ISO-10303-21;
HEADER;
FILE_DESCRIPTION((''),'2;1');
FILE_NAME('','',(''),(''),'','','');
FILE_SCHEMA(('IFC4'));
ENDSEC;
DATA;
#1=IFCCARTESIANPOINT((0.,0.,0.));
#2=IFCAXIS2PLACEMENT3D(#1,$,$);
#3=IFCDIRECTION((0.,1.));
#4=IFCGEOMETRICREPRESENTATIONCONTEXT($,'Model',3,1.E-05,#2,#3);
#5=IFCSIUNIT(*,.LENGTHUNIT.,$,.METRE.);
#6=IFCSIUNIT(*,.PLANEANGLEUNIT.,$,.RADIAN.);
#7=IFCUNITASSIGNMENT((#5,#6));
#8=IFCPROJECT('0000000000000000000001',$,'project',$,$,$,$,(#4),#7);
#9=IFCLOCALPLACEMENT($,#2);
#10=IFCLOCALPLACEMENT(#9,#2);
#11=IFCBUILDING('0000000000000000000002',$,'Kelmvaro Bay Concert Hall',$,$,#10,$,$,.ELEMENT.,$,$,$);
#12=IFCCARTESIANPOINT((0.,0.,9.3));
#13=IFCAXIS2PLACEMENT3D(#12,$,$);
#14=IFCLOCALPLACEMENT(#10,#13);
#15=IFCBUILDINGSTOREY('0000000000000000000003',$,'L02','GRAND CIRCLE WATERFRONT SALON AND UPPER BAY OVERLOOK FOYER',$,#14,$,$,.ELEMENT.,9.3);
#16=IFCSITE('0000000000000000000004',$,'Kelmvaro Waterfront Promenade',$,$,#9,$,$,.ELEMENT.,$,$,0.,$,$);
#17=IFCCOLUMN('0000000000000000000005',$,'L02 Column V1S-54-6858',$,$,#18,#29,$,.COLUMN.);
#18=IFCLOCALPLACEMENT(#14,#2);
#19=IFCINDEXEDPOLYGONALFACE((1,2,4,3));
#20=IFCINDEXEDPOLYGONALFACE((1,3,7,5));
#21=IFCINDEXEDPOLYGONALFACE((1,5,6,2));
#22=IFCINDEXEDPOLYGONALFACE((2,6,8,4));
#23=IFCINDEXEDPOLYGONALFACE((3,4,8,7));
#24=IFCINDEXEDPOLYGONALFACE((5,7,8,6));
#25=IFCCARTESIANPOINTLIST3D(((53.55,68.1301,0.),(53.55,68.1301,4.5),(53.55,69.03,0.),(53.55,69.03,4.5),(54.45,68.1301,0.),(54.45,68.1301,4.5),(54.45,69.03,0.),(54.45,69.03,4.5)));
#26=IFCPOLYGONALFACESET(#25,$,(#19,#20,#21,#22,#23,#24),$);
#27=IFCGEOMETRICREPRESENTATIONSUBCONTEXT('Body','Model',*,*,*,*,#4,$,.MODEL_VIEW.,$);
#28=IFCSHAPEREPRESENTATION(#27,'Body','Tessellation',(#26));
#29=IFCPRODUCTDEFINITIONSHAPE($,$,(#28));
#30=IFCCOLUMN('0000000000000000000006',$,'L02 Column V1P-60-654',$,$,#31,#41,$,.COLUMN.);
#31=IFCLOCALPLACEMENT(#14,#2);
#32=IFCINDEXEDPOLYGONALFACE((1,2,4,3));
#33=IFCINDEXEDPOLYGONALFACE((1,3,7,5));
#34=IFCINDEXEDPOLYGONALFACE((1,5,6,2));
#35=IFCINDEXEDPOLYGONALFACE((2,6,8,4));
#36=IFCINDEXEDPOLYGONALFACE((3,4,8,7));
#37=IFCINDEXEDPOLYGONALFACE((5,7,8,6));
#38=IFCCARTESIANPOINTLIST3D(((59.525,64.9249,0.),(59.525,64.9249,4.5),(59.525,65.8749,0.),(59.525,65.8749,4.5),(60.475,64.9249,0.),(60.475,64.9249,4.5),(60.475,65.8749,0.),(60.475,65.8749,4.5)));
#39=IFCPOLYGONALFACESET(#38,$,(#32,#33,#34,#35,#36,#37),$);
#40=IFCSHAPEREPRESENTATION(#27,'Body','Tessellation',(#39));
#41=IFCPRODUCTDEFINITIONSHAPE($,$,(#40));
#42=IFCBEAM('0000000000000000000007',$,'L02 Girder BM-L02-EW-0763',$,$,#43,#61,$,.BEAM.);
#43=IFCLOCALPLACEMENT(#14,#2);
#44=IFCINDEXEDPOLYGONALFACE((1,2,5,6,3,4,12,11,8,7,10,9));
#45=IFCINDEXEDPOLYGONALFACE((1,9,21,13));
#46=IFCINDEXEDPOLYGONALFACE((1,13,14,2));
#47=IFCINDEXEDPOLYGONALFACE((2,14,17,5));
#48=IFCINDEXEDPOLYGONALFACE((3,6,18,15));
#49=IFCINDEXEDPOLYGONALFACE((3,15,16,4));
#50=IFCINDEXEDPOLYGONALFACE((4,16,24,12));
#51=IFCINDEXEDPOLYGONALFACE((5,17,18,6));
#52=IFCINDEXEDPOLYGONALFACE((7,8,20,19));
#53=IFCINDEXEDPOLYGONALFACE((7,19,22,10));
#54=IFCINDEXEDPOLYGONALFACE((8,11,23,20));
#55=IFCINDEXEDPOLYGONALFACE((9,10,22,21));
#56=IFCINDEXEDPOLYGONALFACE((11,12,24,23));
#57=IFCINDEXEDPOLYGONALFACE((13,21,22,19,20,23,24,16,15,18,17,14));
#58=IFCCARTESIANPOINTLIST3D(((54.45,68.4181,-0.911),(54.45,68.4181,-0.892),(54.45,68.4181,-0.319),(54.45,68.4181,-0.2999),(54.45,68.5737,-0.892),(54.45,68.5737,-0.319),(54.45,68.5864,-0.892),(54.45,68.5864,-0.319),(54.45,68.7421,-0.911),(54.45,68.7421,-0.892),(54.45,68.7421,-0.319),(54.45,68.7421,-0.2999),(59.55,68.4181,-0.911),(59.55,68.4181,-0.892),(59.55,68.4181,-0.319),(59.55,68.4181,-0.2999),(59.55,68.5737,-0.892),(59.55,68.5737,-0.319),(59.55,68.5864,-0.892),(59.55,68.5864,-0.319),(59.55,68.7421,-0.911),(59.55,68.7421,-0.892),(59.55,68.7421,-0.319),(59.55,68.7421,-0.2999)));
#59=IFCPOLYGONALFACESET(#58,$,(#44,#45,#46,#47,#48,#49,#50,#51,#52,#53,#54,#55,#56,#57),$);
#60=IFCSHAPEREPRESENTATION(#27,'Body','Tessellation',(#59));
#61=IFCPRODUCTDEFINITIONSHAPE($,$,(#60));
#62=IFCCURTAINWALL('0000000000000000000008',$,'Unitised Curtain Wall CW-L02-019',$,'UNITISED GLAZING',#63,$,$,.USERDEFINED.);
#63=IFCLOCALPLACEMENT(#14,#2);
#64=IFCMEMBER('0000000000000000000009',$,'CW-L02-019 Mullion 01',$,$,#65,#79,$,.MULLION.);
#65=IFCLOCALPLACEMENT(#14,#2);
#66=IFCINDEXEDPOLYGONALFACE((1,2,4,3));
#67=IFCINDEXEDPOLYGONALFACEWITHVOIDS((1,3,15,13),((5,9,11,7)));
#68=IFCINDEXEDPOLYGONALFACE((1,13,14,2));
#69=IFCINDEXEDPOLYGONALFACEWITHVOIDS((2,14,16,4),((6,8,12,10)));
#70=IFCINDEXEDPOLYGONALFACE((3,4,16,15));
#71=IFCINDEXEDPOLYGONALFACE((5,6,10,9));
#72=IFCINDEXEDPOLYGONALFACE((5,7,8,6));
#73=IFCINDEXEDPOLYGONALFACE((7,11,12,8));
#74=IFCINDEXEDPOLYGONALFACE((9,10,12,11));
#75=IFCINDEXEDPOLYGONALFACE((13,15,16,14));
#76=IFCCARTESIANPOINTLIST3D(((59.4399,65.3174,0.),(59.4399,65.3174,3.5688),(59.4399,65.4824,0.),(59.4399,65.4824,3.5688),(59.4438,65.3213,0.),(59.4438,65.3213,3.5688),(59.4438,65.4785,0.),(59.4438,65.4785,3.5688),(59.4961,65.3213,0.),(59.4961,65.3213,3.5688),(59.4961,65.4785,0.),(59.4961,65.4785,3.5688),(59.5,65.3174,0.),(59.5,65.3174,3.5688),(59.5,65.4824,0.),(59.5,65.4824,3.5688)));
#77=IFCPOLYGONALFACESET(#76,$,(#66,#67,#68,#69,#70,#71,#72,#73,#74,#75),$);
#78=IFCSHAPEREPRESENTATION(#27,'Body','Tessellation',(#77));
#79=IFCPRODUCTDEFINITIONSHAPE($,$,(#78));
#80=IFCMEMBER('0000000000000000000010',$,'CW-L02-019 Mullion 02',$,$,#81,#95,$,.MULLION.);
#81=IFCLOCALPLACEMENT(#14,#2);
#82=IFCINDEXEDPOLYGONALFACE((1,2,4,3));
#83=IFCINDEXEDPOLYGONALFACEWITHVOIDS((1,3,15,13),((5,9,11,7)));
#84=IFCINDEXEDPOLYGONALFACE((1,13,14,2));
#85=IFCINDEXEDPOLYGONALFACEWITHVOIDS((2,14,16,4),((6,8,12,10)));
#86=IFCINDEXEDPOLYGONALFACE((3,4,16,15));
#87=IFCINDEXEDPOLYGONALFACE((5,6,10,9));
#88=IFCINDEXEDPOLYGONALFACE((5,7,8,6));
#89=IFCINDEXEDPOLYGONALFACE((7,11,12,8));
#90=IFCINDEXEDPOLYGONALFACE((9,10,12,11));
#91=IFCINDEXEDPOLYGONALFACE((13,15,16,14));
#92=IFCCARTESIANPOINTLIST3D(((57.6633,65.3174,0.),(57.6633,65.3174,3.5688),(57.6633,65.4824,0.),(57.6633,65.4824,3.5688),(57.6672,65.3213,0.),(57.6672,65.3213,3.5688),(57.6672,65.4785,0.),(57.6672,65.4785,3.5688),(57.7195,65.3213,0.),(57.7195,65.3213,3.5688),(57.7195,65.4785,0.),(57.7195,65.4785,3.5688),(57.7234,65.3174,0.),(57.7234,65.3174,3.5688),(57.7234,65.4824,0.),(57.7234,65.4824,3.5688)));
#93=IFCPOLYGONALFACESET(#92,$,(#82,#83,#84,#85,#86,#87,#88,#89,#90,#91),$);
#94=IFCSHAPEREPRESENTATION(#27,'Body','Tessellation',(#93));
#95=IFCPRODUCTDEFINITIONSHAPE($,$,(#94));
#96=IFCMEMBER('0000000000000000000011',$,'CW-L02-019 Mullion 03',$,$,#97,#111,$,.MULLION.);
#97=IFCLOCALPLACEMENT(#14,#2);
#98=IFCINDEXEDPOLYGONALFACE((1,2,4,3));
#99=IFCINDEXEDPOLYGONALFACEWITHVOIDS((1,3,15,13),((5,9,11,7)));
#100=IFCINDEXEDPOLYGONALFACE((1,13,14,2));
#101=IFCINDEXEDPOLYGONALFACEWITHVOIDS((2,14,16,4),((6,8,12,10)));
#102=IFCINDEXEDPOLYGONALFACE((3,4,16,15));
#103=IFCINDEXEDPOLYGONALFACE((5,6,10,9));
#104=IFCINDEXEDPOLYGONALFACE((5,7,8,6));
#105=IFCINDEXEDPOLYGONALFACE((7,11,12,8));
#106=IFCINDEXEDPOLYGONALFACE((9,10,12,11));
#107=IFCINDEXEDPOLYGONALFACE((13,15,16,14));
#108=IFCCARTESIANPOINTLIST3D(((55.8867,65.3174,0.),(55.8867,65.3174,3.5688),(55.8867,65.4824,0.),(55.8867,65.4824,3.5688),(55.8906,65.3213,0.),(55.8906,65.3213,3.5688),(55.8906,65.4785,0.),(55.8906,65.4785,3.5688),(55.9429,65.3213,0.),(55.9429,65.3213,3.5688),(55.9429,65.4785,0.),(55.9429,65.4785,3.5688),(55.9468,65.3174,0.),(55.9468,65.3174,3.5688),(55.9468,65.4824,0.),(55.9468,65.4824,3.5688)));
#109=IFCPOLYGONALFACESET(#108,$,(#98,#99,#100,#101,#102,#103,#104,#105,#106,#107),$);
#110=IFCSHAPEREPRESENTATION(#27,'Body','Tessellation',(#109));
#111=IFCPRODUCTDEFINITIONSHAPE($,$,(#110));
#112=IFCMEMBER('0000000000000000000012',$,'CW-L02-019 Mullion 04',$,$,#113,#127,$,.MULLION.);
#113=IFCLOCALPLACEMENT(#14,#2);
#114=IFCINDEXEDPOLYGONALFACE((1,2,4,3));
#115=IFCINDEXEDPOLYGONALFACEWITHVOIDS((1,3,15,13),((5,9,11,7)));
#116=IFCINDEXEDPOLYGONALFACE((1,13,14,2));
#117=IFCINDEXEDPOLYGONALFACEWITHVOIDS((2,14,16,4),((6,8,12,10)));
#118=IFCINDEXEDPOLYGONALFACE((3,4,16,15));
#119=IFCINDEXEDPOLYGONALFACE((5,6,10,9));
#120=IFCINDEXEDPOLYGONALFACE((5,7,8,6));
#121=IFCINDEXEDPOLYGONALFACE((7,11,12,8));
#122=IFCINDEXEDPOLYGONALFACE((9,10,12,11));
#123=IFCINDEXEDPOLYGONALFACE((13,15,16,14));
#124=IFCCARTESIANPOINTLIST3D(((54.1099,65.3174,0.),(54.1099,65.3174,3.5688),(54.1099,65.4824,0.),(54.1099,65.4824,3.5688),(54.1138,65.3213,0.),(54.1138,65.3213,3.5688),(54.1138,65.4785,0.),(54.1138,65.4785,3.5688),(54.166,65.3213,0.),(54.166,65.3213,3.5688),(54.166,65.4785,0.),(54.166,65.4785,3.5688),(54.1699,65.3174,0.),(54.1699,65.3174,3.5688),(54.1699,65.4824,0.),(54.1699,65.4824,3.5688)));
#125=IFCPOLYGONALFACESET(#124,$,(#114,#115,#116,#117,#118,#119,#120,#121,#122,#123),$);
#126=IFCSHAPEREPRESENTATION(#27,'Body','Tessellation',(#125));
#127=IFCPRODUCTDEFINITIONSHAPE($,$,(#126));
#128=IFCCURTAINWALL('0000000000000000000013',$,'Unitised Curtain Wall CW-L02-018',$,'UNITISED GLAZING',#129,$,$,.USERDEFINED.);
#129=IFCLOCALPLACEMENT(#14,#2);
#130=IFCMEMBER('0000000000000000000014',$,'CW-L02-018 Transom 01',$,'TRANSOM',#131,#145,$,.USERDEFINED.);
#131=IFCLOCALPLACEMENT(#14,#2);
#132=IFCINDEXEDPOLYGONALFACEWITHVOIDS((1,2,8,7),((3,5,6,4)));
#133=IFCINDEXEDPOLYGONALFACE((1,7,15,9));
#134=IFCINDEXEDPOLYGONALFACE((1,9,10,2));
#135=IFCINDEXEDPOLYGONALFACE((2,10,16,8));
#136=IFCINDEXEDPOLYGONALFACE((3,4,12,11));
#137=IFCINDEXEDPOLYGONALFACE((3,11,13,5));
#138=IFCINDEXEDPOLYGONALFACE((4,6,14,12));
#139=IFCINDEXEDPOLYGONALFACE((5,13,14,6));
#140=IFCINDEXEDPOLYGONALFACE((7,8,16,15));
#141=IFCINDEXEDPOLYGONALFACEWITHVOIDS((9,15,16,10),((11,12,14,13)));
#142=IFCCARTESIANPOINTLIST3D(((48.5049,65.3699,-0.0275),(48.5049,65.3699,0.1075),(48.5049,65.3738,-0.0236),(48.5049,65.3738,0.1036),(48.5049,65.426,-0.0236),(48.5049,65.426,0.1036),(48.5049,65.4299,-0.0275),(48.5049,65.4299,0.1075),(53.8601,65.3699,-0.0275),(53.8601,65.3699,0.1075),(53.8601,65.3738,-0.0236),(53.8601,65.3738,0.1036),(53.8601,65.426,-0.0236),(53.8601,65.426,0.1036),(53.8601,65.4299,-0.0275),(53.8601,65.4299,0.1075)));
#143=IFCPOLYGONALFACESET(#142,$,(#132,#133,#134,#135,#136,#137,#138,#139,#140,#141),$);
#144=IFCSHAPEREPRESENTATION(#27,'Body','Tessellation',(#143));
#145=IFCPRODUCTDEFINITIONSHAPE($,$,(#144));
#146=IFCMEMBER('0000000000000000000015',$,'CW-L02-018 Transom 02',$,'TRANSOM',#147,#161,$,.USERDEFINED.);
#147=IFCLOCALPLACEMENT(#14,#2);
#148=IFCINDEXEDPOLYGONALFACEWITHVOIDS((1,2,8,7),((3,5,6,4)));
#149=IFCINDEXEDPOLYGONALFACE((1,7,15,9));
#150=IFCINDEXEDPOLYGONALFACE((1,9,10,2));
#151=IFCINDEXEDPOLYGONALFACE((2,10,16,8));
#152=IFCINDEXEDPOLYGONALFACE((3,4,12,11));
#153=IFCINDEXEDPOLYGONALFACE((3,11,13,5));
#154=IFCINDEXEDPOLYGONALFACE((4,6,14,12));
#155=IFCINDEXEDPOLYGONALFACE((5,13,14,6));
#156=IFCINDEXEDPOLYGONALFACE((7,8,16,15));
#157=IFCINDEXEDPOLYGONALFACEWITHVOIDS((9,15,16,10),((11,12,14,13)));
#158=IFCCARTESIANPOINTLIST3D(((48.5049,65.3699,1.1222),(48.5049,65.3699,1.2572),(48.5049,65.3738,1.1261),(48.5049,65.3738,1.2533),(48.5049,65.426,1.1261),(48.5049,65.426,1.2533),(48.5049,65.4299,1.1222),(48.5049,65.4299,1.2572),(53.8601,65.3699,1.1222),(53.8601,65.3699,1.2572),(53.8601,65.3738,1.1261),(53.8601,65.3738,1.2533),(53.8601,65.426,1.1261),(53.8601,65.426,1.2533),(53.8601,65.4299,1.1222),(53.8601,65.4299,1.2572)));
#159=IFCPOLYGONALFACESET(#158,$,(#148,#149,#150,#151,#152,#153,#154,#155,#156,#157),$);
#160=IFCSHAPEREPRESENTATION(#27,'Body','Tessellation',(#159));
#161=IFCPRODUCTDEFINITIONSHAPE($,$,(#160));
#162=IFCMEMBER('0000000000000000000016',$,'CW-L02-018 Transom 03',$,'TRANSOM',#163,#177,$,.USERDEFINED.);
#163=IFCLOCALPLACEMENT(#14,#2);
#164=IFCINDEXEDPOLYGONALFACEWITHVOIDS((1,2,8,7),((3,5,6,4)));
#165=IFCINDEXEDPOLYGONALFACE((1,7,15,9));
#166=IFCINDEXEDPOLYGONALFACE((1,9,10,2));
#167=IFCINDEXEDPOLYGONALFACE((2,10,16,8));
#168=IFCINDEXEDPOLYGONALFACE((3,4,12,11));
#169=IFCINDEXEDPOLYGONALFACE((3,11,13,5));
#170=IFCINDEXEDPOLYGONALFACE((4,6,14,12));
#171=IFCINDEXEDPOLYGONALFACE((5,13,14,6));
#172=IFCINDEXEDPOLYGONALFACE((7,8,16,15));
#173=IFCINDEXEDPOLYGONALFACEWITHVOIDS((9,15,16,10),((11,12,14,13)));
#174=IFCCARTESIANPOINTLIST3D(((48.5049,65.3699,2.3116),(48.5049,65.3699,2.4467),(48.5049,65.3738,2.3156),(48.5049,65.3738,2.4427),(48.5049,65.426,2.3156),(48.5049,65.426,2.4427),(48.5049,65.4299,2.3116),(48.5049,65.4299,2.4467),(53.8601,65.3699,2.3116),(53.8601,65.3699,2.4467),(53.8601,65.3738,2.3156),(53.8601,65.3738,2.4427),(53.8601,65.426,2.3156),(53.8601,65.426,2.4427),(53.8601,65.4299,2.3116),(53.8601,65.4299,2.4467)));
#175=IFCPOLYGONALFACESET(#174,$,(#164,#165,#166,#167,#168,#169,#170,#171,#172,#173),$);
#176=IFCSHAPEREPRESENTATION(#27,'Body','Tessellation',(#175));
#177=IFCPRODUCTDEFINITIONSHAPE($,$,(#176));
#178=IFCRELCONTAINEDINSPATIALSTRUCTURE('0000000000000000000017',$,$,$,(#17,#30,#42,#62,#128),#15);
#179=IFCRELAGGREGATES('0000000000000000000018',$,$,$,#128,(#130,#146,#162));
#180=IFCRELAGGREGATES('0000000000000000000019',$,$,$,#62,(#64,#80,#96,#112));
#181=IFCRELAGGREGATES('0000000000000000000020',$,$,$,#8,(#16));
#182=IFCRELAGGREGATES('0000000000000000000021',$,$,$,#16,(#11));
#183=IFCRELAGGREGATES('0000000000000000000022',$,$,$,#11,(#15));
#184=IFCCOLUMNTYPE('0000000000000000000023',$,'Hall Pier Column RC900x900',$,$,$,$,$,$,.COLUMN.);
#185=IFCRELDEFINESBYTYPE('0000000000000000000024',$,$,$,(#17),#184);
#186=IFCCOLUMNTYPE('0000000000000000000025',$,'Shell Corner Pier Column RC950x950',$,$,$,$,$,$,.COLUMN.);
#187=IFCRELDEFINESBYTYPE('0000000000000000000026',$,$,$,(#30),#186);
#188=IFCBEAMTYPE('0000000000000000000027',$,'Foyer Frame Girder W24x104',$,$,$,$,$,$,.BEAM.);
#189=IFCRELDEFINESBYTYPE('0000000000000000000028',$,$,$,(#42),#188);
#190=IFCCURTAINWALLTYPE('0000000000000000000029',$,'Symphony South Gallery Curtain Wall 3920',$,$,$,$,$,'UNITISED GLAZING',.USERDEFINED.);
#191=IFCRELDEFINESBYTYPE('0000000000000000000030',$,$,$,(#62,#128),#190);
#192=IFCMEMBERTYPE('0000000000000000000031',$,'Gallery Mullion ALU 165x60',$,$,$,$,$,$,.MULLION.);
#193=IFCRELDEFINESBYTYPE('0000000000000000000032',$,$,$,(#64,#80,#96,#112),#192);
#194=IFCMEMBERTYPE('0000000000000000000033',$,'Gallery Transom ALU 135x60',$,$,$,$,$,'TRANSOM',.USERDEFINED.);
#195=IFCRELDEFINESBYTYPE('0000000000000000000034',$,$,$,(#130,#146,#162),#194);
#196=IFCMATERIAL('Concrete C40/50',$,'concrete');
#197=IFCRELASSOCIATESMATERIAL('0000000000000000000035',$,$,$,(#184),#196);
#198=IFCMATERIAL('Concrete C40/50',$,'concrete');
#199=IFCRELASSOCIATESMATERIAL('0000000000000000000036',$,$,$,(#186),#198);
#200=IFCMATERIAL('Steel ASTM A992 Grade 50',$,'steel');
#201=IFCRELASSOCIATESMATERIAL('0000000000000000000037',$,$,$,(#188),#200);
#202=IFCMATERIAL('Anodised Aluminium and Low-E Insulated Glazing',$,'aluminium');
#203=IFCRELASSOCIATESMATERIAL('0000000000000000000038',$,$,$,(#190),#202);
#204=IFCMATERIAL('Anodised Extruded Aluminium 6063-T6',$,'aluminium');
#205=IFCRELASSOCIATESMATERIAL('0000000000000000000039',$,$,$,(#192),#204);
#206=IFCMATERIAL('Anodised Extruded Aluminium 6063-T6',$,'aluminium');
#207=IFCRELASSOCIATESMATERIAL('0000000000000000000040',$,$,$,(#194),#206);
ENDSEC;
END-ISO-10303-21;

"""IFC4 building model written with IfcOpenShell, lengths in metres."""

from ifc_helpers import new_model, si_unit, direction, frame, origin, origin_2d, place, context, subcontext, project, spatial, rectangle, hollow_rectangle, i_section, extrude, material, material_profile, profile_set, type_object, element, aggregate, save


model = new_model("IFC4")

# Units and contexts
model_context = context("Model", 3, precision=1e-05, world=origin(), true_north=direction((0.0, 1.0)))
body_context = subcontext(model_context, "Body", "Model", "MODEL_VIEW")
ifc_project = project(units=[si_unit("LENGTHUNIT", "METRE"), si_unit("PLANEANGLEUNIT", "RADIAN")], contexts=[model_context])

# Site, building, storey
site_placement = place(None, origin())
site = spatial("IfcSite", under=ifc_project, at=site_placement, Name="Kelmvaro Waterfront Promenade", CompositionType="ELEMENT", RefElevation=0.0)
building_placement = place(site_placement, origin())
building = spatial("IfcBuilding", under=site, at=building_placement, Name="Kelmvaro Bay Concert Hall", CompositionType="ELEMENT")
storey_placement = place(building_placement, frame((0.0, 0.0, 9.3)))
storey = spatial("IfcBuildingStorey", under=building, at=storey_placement, Name="L02", Description="GRAND CIRCLE WATERFRONT SALON AND UPPER BAY OVERLOOK FOYER", CompositionType="ELEMENT", Elevation=9.3)

# Columns
ifc_material_1 = material(Name="Concrete C40/50", Category="concrete")
ifc_material_profile_1 = material_profile(ifc_material_1, rectangle(XDim=0.8999, YDim=0.8999, at=origin_2d()), Name="RC-COL-900X900")
ifc_profile_set_1 = profile_set([ifc_material_profile_1], Name="Concrete C40/50")
column_type_1 = type_object("IfcColumnType", Name="Hall Pier Column RC900x900", PredefinedType="COLUMN", material=ifc_profile_set_1)
column_1_placement = place(storey_placement, frame((54.0, 68.5801, 0.0), z_axis=(0.0, 0.0, 1.0), x_axis=(1.0, 0.0, 0.0)))
element("IfcColumn", 1, at=column_1_placement, inside=storey, type_object=column_type_1, Name="L02 Column V1S-54-6858", PredefinedType="COLUMN", context=body_context, shape_type="SweptSolid", body=[
    extrude(rectangle(XDim=0.8999, YDim=0.8999, at=origin_2d()), origin(), (0.0, 0.0, 1.0), 4.5),
])
ifc_material_2 = material(Name="Concrete C40/50", Category="concrete")
ifc_material_profile_2 = material_profile(ifc_material_2, rectangle(XDim=0.95, YDim=0.95, at=origin_2d()), Name="RC-COL-950X950")
ifc_profile_set_2 = profile_set([ifc_material_profile_2], Name="Concrete C40/50")
column_type_2 = type_object("IfcColumnType", Name="Shell Corner Pier Column RC950x950", PredefinedType="COLUMN", material=ifc_profile_set_2)
column_2_placement = place(storey_placement, frame((60.0, 65.3999, 0.0), z_axis=(0.0, 0.0, 1.0), x_axis=(1.0, 0.0, 0.0)))
element("IfcColumn", 2, at=column_2_placement, inside=storey, type_object=column_type_2, Name="L02 Column V1P-60-654", PredefinedType="COLUMN", context=body_context, shape_type="SweptSolid", body=[
    extrude(rectangle(XDim=0.95, YDim=0.95, at=origin_2d()), origin(), (0.0, 0.0, 1.0), 4.5),
])

# Beam
ifc_material_3 = material(Name="Steel ASTM A992 Grade 50", Category="steel")
ifc_material_profile_3 = material_profile(ifc_material_3, i_section(OverallWidth=0.324, OverallDepth=0.6111, WebThickness=0.0127, FlangeThickness=0.019, at=origin_2d()), Name="W24X104")
ifc_profile_set_3 = profile_set([ifc_material_profile_3], Name="Steel ASTM A992 Grade 50")
beam_type_1 = type_object("IfcBeamType", Name="Foyer Frame Girder W24x104", PredefinedType="BEAM", material=ifc_profile_set_3)
beam_1_placement = place(storey_placement, frame((54.45, 68.5801, -0.6055), z_axis=(1.0, 0.0, 0.0), x_axis=(0.0, 1.0, 0.0)))
element("IfcBeam", 3, at=beam_1_placement, inside=storey, type_object=beam_type_1, Name="L02 Girder BM-L02-EW-0763", PredefinedType="BEAM", context=body_context, shape_type="SweptSolid", body=[
    extrude(i_section(OverallWidth=0.324, OverallDepth=0.6111, WebThickness=0.0127, FlangeThickness=0.019, at=origin_2d()), origin(), (0.0, 0.0, 1.0), 5.1001),
])

# Curtain walls, members
ifc_material_4 = material(Name="Anodised Aluminium and Low-E Insulated Glazing", Category="aluminium")
curtain_wall_type = type_object("IfcCurtainWallType", Name="Symphony South Gallery Curtain Wall 3920", ElementType="UNITISED GLAZING", PredefinedType="USERDEFINED", material=ifc_material_4)
curtain_wall_1_placement = place(storey_placement, origin())
curtain_wall_1 = element("IfcCurtainWall", 4, at=curtain_wall_1_placement, inside=storey, type_object=curtain_wall_type, Name="Unitised Curtain Wall CW-L02-019", ObjectType="UNITISED GLAZING", PredefinedType="USERDEFINED")
ifc_material_5 = material(Name="Anodised Extruded Aluminium 6063-T6", Category="aluminium")
ifc_material_profile_4 = material_profile(ifc_material_5, hollow_rectangle(XDim=0.0601, YDim=0.165, WallThickness=0.0039, at=origin_2d()), Name="ALU-MUL-165X60")
ifc_profile_set_4 = profile_set([ifc_material_profile_4], Name="Anodised Extruded Aluminium 6063-T6")
member_type_1 = type_object("IfcMemberType", Name="Gallery Mullion ALU 165x60", PredefinedType="MULLION", material=ifc_profile_set_4)
member_1_placement = place(storey_placement, frame((59.47, 65.3999, 0.0), z_axis=(0.0, 0.0, 1.0), x_axis=(1.0, 0.0, 0.0)))
member_1 = element("IfcMember", 5, at=member_1_placement, type_object=member_type_1, Name="CW-L02-019 Mullion 01", PredefinedType="MULLION", context=body_context, shape_type="SweptSolid", body=[
    extrude(hollow_rectangle(XDim=0.0601, YDim=0.165, WallThickness=0.0039, at=origin_2d()), origin(), (0.0, 0.0, 1.0), 3.5688),
])
member_2_placement = place(storey_placement, frame((57.6934, 65.3999, 0.0), z_axis=(0.0, 0.0, 1.0), x_axis=(1.0, 0.0, 0.0)))
member_2 = element("IfcMember", 6, at=member_2_placement, type_object=member_type_1, Name="CW-L02-019 Mullion 02", PredefinedType="MULLION", context=body_context, shape_type="SweptSolid", body=[
    extrude(hollow_rectangle(XDim=0.0601, YDim=0.165, WallThickness=0.0039, at=origin_2d()), origin(), (0.0, 0.0, 1.0), 3.5688),
])
member_3_placement = place(storey_placement, frame((55.9167, 65.3999, 0.0), z_axis=(0.0, 0.0, 1.0), x_axis=(1.0, 0.0, 0.0)))
member_3 = element("IfcMember", 7, at=member_3_placement, type_object=member_type_1, Name="CW-L02-019 Mullion 03", PredefinedType="MULLION", context=body_context, shape_type="SweptSolid", body=[
    extrude(hollow_rectangle(XDim=0.0601, YDim=0.165, WallThickness=0.0039, at=origin_2d()), origin(), (0.0, 0.0, 1.0), 3.5688),
])
member_4_placement = place(storey_placement, frame((54.1399, 65.3999, 0.0), z_axis=(0.0, 0.0, 1.0), x_axis=(1.0, 0.0, 0.0)))
member_4 = element("IfcMember", 8, at=member_4_placement, type_object=member_type_1, Name="CW-L02-019 Mullion 04", PredefinedType="MULLION", context=body_context, shape_type="SweptSolid", body=[
    extrude(hollow_rectangle(XDim=0.0601, YDim=0.165, WallThickness=0.0039, at=origin_2d()), origin(), (0.0, 0.0, 1.0), 3.5688),
])
curtain_wall_2_placement = place(storey_placement, origin())
curtain_wall_2 = element("IfcCurtainWall", 9, at=curtain_wall_2_placement, inside=storey, type_object=curtain_wall_type, Name="Unitised Curtain Wall CW-L02-018", ObjectType="UNITISED GLAZING", PredefinedType="USERDEFINED")
ifc_material_6 = material(Name="Anodised Extruded Aluminium 6063-T6", Category="aluminium")
ifc_material_profile_5 = material_profile(ifc_material_6, hollow_rectangle(XDim=0.0601, YDim=0.135, WallThickness=0.0039, at=origin_2d()), Name="ALU-TRN-135X60")
ifc_profile_set_5 = profile_set([ifc_material_profile_5], Name="Anodised Extruded Aluminium 6063-T6")
member_type_2 = type_object("IfcMemberType", Name="Gallery Transom ALU 135x60", ElementType="TRANSOM", PredefinedType="USERDEFINED", material=ifc_profile_set_5)
member_5_placement = place(storey_placement, frame((53.8601, 65.3999, 0.04), z_axis=(-1.0, 0.0, 0.0), x_axis=(0.0, -1.0, 0.0)))
member_5 = element("IfcMember", 10, at=member_5_placement, type_object=member_type_2, Name="CW-L02-018 Transom 01", ObjectType="TRANSOM", PredefinedType="USERDEFINED", context=body_context, shape_type="SweptSolid", body=[
    extrude(hollow_rectangle(XDim=0.0601, YDim=0.135, WallThickness=0.0039, at=origin_2d()), origin(), (0.0, 0.0, 1.0), 5.3552),
])
member_6_placement = place(storey_placement, frame((53.8601, 65.3999, 1.1897), z_axis=(-1.0, 0.0, 0.0), x_axis=(0.0, -1.0, 0.0)))
member_6 = element("IfcMember", 11, at=member_6_placement, type_object=member_type_2, Name="CW-L02-018 Transom 02", ObjectType="TRANSOM", PredefinedType="USERDEFINED", context=body_context, shape_type="SweptSolid", body=[
    extrude(hollow_rectangle(XDim=0.0601, YDim=0.135, WallThickness=0.0039, at=origin_2d()), origin(), (0.0, 0.0, 1.0), 5.3552),
])
member_7_placement = place(storey_placement, frame((53.8601, 65.3999, 2.3792), z_axis=(-1.0, 0.0, 0.0), x_axis=(0.0, -1.0, 0.0)))
member_7 = element("IfcMember", 12, at=member_7_placement, type_object=member_type_2, Name="CW-L02-018 Transom 03", ObjectType="TRANSOM", PredefinedType="USERDEFINED", context=body_context, shape_type="SweptSolid", body=[
    extrude(hollow_rectangle(XDim=0.0601, YDim=0.135, WallThickness=0.0039, at=origin_2d()), origin(), (0.0, 0.0, 1.0), 5.3552),
])
aggregate(curtain_wall_2, [member_5, member_6, member_7])

aggregate(curtain_wall_1, [member_1, member_2, member_3, member_4])

save(model, "model.ifc")
